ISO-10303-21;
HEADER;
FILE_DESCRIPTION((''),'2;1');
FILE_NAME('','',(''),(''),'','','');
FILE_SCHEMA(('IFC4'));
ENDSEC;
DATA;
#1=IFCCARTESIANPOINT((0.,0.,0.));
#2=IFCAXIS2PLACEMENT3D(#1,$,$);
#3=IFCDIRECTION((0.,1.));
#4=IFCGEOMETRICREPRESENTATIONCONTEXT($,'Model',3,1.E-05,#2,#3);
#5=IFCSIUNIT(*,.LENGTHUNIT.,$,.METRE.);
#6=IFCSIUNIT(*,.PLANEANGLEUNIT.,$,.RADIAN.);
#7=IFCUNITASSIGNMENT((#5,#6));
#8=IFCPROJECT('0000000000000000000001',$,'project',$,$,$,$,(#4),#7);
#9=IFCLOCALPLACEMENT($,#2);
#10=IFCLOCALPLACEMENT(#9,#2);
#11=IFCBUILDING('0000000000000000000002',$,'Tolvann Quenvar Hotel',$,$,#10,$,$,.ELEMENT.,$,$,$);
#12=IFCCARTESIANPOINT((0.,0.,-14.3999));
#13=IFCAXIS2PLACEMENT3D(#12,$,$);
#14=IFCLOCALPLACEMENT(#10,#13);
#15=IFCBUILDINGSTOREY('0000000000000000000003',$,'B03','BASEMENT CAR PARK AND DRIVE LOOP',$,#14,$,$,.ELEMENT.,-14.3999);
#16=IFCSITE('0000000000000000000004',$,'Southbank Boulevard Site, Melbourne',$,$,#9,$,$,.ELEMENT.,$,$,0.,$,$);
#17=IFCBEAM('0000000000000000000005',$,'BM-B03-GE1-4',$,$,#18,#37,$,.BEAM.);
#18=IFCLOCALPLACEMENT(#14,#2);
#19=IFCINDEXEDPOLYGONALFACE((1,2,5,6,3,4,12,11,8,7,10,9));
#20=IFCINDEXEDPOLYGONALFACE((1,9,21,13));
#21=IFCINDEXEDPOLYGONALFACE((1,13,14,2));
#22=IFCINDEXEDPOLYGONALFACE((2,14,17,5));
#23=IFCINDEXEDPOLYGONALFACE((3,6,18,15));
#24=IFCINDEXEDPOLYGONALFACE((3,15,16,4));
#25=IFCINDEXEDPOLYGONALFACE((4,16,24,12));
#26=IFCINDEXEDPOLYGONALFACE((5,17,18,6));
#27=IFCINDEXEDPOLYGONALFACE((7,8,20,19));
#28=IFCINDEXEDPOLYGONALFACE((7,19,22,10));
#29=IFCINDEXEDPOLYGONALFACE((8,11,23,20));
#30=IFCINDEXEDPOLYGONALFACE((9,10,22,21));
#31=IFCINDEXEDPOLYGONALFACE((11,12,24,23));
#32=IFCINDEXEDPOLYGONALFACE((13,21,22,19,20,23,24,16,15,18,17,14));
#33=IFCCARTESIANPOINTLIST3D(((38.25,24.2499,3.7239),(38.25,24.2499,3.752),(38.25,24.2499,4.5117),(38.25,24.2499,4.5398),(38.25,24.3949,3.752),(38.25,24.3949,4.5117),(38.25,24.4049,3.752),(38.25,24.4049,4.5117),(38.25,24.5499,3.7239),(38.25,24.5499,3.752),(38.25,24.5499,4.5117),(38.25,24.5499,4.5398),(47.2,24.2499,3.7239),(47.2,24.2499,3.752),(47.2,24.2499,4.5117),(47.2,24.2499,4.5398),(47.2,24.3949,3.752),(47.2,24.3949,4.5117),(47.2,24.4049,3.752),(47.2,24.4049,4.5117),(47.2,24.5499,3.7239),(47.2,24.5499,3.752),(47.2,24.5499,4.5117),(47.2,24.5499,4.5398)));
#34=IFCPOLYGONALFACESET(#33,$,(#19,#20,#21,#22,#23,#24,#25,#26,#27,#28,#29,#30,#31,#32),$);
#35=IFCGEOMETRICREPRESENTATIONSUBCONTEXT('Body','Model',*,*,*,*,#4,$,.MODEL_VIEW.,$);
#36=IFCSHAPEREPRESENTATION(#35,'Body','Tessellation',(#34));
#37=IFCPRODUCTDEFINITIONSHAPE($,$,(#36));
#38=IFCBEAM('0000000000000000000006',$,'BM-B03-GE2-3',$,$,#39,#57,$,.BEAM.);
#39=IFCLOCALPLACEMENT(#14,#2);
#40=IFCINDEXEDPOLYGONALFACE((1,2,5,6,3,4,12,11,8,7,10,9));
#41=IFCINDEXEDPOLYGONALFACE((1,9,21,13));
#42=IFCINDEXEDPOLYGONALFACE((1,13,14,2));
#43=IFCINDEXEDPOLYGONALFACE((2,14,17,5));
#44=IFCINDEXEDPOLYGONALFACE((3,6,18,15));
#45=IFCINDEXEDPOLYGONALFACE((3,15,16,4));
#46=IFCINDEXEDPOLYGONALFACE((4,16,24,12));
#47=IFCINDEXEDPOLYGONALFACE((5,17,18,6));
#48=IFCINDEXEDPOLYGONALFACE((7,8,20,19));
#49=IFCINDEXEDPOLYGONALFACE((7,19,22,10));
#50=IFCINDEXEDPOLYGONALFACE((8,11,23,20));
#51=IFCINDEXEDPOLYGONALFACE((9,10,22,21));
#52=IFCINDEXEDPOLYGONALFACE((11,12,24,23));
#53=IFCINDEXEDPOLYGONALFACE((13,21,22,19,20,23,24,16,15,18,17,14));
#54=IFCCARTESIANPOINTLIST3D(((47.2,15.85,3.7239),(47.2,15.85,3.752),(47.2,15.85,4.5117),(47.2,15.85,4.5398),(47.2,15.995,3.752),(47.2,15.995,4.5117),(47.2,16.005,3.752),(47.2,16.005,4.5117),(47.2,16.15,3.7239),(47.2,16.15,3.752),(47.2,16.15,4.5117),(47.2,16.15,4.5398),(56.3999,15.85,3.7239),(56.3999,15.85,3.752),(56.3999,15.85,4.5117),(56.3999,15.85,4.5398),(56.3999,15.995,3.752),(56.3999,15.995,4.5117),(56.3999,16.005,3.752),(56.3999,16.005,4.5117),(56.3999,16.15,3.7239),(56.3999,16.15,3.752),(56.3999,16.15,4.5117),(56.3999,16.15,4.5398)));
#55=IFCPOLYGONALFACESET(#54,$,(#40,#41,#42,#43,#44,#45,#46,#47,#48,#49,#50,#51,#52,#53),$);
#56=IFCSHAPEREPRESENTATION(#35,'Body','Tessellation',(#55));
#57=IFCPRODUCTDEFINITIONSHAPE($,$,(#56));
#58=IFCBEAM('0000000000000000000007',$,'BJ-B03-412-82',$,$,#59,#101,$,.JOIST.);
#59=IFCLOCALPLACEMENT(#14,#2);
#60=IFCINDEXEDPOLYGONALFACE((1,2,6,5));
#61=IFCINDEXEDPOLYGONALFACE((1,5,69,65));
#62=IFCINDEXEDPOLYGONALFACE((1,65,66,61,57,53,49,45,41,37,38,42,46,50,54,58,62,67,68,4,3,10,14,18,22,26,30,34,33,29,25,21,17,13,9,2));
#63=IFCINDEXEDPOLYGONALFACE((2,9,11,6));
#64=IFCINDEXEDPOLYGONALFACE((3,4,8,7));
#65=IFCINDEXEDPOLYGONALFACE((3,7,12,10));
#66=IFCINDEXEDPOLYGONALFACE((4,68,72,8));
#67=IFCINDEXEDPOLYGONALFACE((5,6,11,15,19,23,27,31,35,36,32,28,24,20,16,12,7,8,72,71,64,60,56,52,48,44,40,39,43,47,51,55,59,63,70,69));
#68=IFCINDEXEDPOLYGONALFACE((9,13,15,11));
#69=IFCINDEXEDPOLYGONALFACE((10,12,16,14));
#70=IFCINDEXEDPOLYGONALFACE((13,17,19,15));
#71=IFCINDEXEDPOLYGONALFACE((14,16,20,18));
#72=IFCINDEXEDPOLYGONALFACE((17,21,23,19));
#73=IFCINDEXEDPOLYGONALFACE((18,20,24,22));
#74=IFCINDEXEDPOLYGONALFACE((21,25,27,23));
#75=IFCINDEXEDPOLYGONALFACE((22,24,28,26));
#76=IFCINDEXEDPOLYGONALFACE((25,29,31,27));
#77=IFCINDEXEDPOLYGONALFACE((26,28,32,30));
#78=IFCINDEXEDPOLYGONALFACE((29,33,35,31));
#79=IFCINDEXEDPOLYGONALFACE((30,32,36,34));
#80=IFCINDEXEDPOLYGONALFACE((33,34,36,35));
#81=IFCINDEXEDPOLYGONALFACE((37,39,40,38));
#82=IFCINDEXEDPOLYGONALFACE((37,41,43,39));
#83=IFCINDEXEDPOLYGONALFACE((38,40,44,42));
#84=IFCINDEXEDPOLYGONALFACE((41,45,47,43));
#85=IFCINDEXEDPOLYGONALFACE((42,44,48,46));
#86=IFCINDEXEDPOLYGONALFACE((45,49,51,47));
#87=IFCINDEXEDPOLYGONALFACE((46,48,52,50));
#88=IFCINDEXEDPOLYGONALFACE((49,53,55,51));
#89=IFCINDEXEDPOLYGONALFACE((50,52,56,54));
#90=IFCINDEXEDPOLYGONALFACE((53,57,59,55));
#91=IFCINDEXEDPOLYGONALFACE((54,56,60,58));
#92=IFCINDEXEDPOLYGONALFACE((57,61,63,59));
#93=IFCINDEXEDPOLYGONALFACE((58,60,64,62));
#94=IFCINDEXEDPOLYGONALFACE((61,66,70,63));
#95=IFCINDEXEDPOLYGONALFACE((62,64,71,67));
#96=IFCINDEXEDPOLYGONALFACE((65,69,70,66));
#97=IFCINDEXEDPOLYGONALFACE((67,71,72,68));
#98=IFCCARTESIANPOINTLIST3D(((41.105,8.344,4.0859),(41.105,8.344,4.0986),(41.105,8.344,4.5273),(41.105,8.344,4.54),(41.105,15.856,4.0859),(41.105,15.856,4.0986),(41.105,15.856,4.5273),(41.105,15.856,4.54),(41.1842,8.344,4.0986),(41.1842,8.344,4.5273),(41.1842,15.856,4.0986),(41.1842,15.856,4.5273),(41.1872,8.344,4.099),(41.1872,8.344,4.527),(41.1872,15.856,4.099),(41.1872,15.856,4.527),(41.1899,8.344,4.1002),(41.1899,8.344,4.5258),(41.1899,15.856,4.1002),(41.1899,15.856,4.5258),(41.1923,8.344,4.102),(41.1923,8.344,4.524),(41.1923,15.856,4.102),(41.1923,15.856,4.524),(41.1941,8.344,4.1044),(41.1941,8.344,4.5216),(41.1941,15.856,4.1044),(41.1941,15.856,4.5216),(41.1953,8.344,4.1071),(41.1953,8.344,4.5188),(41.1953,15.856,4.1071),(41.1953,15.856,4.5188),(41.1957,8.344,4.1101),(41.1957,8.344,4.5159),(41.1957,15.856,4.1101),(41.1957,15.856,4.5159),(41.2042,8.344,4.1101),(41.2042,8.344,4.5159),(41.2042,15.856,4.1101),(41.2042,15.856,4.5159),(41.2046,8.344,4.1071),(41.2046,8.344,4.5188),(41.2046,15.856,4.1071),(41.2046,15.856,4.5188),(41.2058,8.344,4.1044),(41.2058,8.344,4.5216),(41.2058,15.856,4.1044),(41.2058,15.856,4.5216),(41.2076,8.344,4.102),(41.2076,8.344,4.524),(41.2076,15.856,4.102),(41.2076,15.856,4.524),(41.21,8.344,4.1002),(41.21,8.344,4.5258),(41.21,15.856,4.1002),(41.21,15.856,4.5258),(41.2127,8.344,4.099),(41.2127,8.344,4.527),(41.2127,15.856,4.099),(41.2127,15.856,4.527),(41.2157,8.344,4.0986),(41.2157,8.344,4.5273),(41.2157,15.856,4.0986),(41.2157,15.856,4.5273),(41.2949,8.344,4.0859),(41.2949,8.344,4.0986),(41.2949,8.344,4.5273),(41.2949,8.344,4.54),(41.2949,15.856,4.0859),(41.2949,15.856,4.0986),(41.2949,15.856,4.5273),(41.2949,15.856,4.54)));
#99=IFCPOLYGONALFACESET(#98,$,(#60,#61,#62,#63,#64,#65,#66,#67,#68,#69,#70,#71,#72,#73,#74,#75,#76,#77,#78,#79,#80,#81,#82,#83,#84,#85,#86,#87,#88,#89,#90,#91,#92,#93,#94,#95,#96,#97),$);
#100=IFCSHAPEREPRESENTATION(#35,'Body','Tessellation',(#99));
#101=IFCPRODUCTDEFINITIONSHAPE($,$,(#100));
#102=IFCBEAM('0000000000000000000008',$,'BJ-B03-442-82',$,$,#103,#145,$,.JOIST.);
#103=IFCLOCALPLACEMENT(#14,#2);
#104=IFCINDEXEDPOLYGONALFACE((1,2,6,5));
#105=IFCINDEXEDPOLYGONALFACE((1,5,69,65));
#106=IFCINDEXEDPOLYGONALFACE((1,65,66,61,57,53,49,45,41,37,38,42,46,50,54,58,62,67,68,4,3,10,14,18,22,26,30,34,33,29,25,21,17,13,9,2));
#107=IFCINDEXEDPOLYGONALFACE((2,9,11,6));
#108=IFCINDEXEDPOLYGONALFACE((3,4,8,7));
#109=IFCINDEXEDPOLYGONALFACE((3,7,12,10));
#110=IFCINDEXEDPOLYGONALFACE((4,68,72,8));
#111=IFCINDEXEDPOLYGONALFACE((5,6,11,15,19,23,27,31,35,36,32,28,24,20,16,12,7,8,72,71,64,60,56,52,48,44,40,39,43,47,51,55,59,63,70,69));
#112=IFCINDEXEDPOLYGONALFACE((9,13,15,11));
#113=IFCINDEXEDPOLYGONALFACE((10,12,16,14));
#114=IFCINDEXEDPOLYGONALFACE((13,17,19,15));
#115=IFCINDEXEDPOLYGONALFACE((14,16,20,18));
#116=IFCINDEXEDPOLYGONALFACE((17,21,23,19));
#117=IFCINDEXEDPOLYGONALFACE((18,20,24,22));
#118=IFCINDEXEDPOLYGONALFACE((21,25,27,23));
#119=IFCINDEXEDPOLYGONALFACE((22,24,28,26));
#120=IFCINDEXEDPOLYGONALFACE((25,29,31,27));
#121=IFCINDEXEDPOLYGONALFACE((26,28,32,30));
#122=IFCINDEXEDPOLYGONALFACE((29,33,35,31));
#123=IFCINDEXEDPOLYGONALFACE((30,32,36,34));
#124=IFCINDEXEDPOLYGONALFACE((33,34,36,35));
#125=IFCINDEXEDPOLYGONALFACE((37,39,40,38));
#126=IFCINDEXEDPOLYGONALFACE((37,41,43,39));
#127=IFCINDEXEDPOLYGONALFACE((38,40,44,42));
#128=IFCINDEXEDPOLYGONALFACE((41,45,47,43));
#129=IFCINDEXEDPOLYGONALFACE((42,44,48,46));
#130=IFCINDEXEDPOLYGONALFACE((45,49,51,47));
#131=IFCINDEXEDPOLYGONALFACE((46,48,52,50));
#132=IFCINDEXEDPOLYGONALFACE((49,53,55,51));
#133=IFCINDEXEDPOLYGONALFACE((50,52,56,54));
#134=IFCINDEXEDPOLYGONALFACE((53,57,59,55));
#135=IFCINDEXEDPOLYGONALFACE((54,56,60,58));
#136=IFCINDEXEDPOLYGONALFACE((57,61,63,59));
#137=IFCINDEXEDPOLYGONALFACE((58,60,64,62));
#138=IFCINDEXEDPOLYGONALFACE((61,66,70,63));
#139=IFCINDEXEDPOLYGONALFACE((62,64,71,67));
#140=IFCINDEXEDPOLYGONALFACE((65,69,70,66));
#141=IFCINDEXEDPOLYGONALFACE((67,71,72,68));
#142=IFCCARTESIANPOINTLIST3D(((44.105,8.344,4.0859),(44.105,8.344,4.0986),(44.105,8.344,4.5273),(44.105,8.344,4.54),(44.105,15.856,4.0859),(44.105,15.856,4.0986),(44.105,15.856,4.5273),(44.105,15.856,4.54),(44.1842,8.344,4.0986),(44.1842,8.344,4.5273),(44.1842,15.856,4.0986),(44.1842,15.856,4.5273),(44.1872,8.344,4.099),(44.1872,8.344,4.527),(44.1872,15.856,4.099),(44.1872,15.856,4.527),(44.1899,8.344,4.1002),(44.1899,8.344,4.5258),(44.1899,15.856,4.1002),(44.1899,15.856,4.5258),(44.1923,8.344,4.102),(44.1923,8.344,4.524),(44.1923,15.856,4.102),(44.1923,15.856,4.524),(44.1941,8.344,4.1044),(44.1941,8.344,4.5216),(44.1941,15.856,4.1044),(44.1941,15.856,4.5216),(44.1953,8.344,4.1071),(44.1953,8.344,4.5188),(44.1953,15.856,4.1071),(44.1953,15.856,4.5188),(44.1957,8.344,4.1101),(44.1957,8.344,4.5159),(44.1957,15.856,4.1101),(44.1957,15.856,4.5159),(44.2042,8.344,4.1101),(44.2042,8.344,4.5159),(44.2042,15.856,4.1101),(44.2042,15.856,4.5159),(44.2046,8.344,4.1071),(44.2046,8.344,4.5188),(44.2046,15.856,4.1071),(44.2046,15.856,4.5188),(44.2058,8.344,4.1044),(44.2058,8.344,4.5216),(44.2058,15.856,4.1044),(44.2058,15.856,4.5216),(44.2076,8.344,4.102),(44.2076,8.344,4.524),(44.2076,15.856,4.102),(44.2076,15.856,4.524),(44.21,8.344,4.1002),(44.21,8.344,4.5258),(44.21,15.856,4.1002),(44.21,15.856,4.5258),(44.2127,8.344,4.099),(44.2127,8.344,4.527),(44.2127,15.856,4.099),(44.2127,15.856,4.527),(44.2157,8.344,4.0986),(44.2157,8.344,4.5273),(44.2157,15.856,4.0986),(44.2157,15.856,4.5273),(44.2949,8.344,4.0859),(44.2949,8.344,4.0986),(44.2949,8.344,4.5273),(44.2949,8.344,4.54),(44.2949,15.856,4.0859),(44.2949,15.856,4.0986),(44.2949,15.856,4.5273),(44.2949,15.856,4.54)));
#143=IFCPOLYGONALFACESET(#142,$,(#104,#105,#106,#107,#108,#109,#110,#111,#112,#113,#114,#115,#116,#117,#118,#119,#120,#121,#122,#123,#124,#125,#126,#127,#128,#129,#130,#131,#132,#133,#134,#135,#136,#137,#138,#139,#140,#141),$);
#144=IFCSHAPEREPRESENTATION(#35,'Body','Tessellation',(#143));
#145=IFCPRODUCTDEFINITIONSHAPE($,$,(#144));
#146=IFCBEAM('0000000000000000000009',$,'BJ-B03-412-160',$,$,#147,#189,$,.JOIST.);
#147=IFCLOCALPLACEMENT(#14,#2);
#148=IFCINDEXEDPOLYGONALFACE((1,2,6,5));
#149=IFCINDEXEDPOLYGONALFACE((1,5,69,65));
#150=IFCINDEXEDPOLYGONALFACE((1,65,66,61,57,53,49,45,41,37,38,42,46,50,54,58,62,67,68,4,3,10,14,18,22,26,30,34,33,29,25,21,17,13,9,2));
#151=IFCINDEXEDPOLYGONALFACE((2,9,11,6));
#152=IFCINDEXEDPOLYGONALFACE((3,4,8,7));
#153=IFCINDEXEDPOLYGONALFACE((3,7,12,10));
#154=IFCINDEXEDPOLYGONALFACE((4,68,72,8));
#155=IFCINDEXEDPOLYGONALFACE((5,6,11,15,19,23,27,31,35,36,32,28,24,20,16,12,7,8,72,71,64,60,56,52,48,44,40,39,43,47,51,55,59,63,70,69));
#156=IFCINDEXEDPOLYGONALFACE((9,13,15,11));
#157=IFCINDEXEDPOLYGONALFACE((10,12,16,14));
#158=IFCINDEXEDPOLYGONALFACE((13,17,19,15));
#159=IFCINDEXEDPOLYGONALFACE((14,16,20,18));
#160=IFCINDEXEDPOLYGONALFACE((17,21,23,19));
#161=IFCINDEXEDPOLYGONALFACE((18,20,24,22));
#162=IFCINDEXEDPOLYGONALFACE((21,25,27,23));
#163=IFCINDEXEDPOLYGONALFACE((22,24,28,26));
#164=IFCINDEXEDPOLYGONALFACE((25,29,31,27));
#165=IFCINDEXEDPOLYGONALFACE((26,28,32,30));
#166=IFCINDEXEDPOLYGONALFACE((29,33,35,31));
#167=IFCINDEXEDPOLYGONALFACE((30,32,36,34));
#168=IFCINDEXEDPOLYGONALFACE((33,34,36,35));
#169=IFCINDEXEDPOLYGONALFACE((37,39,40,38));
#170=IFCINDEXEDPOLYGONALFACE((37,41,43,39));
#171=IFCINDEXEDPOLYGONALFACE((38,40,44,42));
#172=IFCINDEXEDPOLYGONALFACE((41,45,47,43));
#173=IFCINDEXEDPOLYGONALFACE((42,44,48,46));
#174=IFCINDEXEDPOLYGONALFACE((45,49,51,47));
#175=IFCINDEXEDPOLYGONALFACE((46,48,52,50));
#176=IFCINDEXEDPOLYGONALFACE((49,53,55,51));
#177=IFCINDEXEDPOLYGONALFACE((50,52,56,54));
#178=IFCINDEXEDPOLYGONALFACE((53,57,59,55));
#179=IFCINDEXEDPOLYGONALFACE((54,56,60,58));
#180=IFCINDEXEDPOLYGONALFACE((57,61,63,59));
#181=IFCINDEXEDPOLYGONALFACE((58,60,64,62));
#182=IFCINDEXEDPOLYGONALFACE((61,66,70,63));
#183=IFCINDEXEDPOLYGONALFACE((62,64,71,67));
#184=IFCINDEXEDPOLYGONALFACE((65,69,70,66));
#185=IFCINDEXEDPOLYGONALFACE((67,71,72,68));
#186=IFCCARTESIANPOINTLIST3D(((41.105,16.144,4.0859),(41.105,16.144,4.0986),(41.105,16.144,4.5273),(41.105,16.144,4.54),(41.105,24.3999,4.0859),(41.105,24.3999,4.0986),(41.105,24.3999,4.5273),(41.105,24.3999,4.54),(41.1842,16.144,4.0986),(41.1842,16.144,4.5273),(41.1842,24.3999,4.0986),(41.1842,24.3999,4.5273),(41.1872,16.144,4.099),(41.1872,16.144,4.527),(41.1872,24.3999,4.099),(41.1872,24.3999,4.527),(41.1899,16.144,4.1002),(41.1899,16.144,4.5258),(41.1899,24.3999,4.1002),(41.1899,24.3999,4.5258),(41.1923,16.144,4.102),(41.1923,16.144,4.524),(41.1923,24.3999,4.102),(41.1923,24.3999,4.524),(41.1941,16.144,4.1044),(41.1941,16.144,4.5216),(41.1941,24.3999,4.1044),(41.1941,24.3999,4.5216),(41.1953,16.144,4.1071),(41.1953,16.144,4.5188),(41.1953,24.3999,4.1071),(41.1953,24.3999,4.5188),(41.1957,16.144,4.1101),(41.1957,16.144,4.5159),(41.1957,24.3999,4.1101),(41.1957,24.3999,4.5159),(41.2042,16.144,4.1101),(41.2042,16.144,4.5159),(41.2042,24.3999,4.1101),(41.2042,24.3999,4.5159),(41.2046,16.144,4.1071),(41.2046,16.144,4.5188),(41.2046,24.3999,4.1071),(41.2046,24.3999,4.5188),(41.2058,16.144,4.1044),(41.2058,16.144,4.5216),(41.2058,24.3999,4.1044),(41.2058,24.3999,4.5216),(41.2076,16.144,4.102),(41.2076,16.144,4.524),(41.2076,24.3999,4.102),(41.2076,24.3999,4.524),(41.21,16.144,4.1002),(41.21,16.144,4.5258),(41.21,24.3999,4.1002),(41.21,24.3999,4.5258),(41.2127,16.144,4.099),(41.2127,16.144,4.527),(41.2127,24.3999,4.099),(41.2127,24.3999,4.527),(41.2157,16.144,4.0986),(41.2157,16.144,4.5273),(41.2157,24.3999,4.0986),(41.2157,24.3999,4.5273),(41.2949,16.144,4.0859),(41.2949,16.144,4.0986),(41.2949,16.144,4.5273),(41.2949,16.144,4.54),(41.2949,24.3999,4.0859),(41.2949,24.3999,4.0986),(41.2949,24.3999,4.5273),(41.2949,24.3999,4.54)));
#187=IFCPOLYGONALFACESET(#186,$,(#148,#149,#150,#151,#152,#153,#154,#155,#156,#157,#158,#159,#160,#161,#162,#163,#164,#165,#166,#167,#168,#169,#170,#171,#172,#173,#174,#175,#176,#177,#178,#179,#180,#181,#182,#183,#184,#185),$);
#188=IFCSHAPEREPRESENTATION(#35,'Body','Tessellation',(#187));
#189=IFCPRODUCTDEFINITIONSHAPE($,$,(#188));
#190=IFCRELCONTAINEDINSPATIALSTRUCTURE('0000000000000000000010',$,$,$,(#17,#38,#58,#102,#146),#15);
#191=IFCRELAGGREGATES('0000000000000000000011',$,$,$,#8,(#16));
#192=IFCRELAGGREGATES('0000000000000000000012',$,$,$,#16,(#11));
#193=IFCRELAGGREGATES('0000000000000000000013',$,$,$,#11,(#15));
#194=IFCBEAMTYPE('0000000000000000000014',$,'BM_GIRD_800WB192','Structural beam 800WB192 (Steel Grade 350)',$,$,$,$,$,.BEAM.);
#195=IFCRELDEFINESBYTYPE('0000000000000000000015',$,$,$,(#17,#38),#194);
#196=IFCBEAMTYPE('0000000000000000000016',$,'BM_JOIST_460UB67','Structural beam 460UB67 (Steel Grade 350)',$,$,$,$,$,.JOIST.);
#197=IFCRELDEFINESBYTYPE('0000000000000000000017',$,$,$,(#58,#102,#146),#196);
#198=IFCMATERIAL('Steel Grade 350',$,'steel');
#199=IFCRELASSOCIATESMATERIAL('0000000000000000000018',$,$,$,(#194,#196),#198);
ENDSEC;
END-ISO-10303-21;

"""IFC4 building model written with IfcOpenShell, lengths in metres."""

from ifc_helpers import new_model, si_unit, direction, frame, origin, origin_2d, place, context, subcontext, project, spatial, i_section, extrude, source, transform, mapped, material, material_profile, profile_set, type_object, type_shapes, element, save


model = new_model("IFC4")

# Units and contexts
model_context = context("Model", 3, precision=1e-05, world=origin(), true_north=direction((0.0, 1.0)))
body_context = subcontext(model_context, "Body", "Model", "MODEL_VIEW")
ifc_project = project(units=[si_unit("LENGTHUNIT", "METRE"), si_unit("PLANEANGLEUNIT", "RADIAN")], contexts=[model_context])

# Site, building, storey
site_placement = place(None, origin())
site = spatial("IfcSite", under=ifc_project, at=site_placement, Name="Southbank Boulevard Site, Melbourne", CompositionType="ELEMENT", RefElevation=0.0)
building_placement = place(site_placement, origin())
building = spatial("IfcBuilding", under=site, at=building_placement, Name="Tolvann Quenvar Hotel", CompositionType="ELEMENT")
storey_placement = place(building_placement, frame((0.0, 0.0, -14.3999)))
storey = spatial("IfcBuildingStorey", under=building, at=storey_placement, Name="B03", Description="BASEMENT CAR PARK AND DRIVE LOOP", CompositionType="ELEMENT", Elevation=-14.3999)

# Beams
ifc_material_1 = material(Name="Steel Grade 350", Category="steel")
ifc_material_profile_1 = material_profile(ifc_material_1, i_section(OverallWidth=0.3, OverallDepth=0.8159, WebThickness=0.01, FlangeThickness=0.0281, at=origin_2d()), Name="800WB192")
ifc_profile_set_1 = profile_set([ifc_material_profile_1], Name="Steel Grade 350")
beam_type_1 = type_object("IfcBeamType", Name="BM_GIRD_800WB192", Description="Structural beam 800WB192 (Steel Grade 350)", PredefinedType="BEAM", material=ifc_profile_set_1)
shared_shape_1 = source(origin(), body_context, "Body", "SweptSolid", [
    extrude(i_section(OverallWidth=0.3, OverallDepth=0.8159, WebThickness=0.01, FlangeThickness=0.0281, at=origin_2d()), origin(), (0.0, 0.0, 1.0), 8.95),
])
for number, where, z_axis, x_axis, name in (
    (1, (38.25, 24.3999, 4.1318), (1.0, 0.0, 0.0), (0.0, 1.0, 0.0), "BM-B03-GE1-4"),
):
    element("IfcBeam", number, at=place(storey_placement, frame(where, z_axis=z_axis, x_axis=x_axis)), inside=storey, type_object=beam_type_1, Name=name, PredefinedType="BEAM", context=body_context, shape_type="MappedRepresentation", body=[
        mapped(shared_shape_1, transform((0.0, 0.0, 0.0), x_axis=(1.0, 0.0, 0.0), y_axis=(0.0, 1.0, 0.0), z_axis=(0.0, 0.0, 1.0), scale=1.0)),
    ])
shared_shape_2 = source(origin(), body_context, "Body", "SweptSolid", [
    extrude(i_section(OverallWidth=0.3, OverallDepth=0.8159, WebThickness=0.01, FlangeThickness=0.0281, at=origin_2d()), origin(), (0.0, 0.0, 1.0), 9.2),
])
beam_1_placement = place(storey_placement, frame((47.2, 16.0, 4.1318), z_axis=(1.0, 0.0, 0.0), x_axis=(0.0, 1.0, 0.0)))
element("IfcBeam", 2, at=beam_1_placement, inside=storey, type_object=beam_type_1, Name="BM-B03-GE2-3", PredefinedType="BEAM", context=body_context, shape_type="MappedRepresentation", body=[
    mapped(shared_shape_2, transform((0.0, 0.0, 0.0), x_axis=(1.0, 0.0, 0.0), y_axis=(0.0, 1.0, 0.0), z_axis=(0.0, 0.0, 1.0), scale=1.0)),
])
ifc_material_profile_2 = material_profile(ifc_material_1, i_section(OverallWidth=0.1899, OverallDepth=0.4541, WebThickness=0.0085, FlangeThickness=0.0127, FilletRadius=0.0115, at=origin_2d()), Name="460UB67")
ifc_profile_set_2 = profile_set([ifc_material_profile_2], Name="Steel Grade 350")
beam_type_2 = type_object("IfcBeamType", Name="BM_JOIST_460UB67", Description="Structural beam 460UB67 (Steel Grade 350)", PredefinedType="JOIST", material=ifc_profile_set_2)
shared_shape_3 = source(origin(), body_context, "Body", "SweptSolid", [
    extrude(i_section(OverallWidth=0.1899, OverallDepth=0.4541, WebThickness=0.0085, FlangeThickness=0.0127, FilletRadius=0.0115, at=origin_2d()), origin(), (0.0, 0.0, 1.0), 7.512),
])
for number, where, z_axis, x_axis, name in (
    (3, (41.2, 8.344, 4.313), (0.0, 1.0, 0.0), (-1.0, 0.0, 0.0), "BJ-B03-412-82"),
    (4, (44.2, 8.344, 4.313), (0.0, 1.0, 0.0), (-1.0, 0.0, 0.0), "BJ-B03-442-82"),
):
    element("IfcBeam", number, at=place(storey_placement, frame(where, z_axis=z_axis, x_axis=x_axis)), inside=storey, type_object=beam_type_2, Name=name, PredefinedType="JOIST", context=body_context, shape_type="MappedRepresentation", body=[
        mapped(shared_shape_3, transform((0.0, 0.0, 0.0), x_axis=(1.0, 0.0, 0.0), y_axis=(0.0, 1.0, 0.0), z_axis=(0.0, 0.0, 1.0), scale=1.0)),
    ])
shared_shape_4 = source(origin(), body_context, "Body", "SweptSolid", [
    extrude(i_section(OverallWidth=0.1899, OverallDepth=0.4541, WebThickness=0.0085, FlangeThickness=0.0127, FilletRadius=0.0115, at=origin_2d()), origin(), (0.0, 0.0, 1.0), 8.2559),
])
type_shapes(beam_type_2, [shared_shape_3, shared_shape_4])
for number, where, z_axis, x_axis, name in (
    (5, (41.2, 16.144, 4.313), (0.0, 1.0, 0.0), (-1.0, 0.0, 0.0), "BJ-B03-412-160"),
):
    element("IfcBeam", number, at=place(storey_placement, frame(where, z_axis=z_axis, x_axis=x_axis)), inside=storey, type_object=beam_type_2, Name=name, PredefinedType="JOIST", context=body_context, shape_type="MappedRepresentation", body=[
        mapped(shared_shape_4, transform((0.0, 0.0, 0.0), x_axis=(1.0, 0.0, 0.0), y_axis=(0.0, 1.0, 0.0), z_axis=(0.0, 0.0, 1.0), scale=1.0)),
    ])

save(model, "model.ifc")
